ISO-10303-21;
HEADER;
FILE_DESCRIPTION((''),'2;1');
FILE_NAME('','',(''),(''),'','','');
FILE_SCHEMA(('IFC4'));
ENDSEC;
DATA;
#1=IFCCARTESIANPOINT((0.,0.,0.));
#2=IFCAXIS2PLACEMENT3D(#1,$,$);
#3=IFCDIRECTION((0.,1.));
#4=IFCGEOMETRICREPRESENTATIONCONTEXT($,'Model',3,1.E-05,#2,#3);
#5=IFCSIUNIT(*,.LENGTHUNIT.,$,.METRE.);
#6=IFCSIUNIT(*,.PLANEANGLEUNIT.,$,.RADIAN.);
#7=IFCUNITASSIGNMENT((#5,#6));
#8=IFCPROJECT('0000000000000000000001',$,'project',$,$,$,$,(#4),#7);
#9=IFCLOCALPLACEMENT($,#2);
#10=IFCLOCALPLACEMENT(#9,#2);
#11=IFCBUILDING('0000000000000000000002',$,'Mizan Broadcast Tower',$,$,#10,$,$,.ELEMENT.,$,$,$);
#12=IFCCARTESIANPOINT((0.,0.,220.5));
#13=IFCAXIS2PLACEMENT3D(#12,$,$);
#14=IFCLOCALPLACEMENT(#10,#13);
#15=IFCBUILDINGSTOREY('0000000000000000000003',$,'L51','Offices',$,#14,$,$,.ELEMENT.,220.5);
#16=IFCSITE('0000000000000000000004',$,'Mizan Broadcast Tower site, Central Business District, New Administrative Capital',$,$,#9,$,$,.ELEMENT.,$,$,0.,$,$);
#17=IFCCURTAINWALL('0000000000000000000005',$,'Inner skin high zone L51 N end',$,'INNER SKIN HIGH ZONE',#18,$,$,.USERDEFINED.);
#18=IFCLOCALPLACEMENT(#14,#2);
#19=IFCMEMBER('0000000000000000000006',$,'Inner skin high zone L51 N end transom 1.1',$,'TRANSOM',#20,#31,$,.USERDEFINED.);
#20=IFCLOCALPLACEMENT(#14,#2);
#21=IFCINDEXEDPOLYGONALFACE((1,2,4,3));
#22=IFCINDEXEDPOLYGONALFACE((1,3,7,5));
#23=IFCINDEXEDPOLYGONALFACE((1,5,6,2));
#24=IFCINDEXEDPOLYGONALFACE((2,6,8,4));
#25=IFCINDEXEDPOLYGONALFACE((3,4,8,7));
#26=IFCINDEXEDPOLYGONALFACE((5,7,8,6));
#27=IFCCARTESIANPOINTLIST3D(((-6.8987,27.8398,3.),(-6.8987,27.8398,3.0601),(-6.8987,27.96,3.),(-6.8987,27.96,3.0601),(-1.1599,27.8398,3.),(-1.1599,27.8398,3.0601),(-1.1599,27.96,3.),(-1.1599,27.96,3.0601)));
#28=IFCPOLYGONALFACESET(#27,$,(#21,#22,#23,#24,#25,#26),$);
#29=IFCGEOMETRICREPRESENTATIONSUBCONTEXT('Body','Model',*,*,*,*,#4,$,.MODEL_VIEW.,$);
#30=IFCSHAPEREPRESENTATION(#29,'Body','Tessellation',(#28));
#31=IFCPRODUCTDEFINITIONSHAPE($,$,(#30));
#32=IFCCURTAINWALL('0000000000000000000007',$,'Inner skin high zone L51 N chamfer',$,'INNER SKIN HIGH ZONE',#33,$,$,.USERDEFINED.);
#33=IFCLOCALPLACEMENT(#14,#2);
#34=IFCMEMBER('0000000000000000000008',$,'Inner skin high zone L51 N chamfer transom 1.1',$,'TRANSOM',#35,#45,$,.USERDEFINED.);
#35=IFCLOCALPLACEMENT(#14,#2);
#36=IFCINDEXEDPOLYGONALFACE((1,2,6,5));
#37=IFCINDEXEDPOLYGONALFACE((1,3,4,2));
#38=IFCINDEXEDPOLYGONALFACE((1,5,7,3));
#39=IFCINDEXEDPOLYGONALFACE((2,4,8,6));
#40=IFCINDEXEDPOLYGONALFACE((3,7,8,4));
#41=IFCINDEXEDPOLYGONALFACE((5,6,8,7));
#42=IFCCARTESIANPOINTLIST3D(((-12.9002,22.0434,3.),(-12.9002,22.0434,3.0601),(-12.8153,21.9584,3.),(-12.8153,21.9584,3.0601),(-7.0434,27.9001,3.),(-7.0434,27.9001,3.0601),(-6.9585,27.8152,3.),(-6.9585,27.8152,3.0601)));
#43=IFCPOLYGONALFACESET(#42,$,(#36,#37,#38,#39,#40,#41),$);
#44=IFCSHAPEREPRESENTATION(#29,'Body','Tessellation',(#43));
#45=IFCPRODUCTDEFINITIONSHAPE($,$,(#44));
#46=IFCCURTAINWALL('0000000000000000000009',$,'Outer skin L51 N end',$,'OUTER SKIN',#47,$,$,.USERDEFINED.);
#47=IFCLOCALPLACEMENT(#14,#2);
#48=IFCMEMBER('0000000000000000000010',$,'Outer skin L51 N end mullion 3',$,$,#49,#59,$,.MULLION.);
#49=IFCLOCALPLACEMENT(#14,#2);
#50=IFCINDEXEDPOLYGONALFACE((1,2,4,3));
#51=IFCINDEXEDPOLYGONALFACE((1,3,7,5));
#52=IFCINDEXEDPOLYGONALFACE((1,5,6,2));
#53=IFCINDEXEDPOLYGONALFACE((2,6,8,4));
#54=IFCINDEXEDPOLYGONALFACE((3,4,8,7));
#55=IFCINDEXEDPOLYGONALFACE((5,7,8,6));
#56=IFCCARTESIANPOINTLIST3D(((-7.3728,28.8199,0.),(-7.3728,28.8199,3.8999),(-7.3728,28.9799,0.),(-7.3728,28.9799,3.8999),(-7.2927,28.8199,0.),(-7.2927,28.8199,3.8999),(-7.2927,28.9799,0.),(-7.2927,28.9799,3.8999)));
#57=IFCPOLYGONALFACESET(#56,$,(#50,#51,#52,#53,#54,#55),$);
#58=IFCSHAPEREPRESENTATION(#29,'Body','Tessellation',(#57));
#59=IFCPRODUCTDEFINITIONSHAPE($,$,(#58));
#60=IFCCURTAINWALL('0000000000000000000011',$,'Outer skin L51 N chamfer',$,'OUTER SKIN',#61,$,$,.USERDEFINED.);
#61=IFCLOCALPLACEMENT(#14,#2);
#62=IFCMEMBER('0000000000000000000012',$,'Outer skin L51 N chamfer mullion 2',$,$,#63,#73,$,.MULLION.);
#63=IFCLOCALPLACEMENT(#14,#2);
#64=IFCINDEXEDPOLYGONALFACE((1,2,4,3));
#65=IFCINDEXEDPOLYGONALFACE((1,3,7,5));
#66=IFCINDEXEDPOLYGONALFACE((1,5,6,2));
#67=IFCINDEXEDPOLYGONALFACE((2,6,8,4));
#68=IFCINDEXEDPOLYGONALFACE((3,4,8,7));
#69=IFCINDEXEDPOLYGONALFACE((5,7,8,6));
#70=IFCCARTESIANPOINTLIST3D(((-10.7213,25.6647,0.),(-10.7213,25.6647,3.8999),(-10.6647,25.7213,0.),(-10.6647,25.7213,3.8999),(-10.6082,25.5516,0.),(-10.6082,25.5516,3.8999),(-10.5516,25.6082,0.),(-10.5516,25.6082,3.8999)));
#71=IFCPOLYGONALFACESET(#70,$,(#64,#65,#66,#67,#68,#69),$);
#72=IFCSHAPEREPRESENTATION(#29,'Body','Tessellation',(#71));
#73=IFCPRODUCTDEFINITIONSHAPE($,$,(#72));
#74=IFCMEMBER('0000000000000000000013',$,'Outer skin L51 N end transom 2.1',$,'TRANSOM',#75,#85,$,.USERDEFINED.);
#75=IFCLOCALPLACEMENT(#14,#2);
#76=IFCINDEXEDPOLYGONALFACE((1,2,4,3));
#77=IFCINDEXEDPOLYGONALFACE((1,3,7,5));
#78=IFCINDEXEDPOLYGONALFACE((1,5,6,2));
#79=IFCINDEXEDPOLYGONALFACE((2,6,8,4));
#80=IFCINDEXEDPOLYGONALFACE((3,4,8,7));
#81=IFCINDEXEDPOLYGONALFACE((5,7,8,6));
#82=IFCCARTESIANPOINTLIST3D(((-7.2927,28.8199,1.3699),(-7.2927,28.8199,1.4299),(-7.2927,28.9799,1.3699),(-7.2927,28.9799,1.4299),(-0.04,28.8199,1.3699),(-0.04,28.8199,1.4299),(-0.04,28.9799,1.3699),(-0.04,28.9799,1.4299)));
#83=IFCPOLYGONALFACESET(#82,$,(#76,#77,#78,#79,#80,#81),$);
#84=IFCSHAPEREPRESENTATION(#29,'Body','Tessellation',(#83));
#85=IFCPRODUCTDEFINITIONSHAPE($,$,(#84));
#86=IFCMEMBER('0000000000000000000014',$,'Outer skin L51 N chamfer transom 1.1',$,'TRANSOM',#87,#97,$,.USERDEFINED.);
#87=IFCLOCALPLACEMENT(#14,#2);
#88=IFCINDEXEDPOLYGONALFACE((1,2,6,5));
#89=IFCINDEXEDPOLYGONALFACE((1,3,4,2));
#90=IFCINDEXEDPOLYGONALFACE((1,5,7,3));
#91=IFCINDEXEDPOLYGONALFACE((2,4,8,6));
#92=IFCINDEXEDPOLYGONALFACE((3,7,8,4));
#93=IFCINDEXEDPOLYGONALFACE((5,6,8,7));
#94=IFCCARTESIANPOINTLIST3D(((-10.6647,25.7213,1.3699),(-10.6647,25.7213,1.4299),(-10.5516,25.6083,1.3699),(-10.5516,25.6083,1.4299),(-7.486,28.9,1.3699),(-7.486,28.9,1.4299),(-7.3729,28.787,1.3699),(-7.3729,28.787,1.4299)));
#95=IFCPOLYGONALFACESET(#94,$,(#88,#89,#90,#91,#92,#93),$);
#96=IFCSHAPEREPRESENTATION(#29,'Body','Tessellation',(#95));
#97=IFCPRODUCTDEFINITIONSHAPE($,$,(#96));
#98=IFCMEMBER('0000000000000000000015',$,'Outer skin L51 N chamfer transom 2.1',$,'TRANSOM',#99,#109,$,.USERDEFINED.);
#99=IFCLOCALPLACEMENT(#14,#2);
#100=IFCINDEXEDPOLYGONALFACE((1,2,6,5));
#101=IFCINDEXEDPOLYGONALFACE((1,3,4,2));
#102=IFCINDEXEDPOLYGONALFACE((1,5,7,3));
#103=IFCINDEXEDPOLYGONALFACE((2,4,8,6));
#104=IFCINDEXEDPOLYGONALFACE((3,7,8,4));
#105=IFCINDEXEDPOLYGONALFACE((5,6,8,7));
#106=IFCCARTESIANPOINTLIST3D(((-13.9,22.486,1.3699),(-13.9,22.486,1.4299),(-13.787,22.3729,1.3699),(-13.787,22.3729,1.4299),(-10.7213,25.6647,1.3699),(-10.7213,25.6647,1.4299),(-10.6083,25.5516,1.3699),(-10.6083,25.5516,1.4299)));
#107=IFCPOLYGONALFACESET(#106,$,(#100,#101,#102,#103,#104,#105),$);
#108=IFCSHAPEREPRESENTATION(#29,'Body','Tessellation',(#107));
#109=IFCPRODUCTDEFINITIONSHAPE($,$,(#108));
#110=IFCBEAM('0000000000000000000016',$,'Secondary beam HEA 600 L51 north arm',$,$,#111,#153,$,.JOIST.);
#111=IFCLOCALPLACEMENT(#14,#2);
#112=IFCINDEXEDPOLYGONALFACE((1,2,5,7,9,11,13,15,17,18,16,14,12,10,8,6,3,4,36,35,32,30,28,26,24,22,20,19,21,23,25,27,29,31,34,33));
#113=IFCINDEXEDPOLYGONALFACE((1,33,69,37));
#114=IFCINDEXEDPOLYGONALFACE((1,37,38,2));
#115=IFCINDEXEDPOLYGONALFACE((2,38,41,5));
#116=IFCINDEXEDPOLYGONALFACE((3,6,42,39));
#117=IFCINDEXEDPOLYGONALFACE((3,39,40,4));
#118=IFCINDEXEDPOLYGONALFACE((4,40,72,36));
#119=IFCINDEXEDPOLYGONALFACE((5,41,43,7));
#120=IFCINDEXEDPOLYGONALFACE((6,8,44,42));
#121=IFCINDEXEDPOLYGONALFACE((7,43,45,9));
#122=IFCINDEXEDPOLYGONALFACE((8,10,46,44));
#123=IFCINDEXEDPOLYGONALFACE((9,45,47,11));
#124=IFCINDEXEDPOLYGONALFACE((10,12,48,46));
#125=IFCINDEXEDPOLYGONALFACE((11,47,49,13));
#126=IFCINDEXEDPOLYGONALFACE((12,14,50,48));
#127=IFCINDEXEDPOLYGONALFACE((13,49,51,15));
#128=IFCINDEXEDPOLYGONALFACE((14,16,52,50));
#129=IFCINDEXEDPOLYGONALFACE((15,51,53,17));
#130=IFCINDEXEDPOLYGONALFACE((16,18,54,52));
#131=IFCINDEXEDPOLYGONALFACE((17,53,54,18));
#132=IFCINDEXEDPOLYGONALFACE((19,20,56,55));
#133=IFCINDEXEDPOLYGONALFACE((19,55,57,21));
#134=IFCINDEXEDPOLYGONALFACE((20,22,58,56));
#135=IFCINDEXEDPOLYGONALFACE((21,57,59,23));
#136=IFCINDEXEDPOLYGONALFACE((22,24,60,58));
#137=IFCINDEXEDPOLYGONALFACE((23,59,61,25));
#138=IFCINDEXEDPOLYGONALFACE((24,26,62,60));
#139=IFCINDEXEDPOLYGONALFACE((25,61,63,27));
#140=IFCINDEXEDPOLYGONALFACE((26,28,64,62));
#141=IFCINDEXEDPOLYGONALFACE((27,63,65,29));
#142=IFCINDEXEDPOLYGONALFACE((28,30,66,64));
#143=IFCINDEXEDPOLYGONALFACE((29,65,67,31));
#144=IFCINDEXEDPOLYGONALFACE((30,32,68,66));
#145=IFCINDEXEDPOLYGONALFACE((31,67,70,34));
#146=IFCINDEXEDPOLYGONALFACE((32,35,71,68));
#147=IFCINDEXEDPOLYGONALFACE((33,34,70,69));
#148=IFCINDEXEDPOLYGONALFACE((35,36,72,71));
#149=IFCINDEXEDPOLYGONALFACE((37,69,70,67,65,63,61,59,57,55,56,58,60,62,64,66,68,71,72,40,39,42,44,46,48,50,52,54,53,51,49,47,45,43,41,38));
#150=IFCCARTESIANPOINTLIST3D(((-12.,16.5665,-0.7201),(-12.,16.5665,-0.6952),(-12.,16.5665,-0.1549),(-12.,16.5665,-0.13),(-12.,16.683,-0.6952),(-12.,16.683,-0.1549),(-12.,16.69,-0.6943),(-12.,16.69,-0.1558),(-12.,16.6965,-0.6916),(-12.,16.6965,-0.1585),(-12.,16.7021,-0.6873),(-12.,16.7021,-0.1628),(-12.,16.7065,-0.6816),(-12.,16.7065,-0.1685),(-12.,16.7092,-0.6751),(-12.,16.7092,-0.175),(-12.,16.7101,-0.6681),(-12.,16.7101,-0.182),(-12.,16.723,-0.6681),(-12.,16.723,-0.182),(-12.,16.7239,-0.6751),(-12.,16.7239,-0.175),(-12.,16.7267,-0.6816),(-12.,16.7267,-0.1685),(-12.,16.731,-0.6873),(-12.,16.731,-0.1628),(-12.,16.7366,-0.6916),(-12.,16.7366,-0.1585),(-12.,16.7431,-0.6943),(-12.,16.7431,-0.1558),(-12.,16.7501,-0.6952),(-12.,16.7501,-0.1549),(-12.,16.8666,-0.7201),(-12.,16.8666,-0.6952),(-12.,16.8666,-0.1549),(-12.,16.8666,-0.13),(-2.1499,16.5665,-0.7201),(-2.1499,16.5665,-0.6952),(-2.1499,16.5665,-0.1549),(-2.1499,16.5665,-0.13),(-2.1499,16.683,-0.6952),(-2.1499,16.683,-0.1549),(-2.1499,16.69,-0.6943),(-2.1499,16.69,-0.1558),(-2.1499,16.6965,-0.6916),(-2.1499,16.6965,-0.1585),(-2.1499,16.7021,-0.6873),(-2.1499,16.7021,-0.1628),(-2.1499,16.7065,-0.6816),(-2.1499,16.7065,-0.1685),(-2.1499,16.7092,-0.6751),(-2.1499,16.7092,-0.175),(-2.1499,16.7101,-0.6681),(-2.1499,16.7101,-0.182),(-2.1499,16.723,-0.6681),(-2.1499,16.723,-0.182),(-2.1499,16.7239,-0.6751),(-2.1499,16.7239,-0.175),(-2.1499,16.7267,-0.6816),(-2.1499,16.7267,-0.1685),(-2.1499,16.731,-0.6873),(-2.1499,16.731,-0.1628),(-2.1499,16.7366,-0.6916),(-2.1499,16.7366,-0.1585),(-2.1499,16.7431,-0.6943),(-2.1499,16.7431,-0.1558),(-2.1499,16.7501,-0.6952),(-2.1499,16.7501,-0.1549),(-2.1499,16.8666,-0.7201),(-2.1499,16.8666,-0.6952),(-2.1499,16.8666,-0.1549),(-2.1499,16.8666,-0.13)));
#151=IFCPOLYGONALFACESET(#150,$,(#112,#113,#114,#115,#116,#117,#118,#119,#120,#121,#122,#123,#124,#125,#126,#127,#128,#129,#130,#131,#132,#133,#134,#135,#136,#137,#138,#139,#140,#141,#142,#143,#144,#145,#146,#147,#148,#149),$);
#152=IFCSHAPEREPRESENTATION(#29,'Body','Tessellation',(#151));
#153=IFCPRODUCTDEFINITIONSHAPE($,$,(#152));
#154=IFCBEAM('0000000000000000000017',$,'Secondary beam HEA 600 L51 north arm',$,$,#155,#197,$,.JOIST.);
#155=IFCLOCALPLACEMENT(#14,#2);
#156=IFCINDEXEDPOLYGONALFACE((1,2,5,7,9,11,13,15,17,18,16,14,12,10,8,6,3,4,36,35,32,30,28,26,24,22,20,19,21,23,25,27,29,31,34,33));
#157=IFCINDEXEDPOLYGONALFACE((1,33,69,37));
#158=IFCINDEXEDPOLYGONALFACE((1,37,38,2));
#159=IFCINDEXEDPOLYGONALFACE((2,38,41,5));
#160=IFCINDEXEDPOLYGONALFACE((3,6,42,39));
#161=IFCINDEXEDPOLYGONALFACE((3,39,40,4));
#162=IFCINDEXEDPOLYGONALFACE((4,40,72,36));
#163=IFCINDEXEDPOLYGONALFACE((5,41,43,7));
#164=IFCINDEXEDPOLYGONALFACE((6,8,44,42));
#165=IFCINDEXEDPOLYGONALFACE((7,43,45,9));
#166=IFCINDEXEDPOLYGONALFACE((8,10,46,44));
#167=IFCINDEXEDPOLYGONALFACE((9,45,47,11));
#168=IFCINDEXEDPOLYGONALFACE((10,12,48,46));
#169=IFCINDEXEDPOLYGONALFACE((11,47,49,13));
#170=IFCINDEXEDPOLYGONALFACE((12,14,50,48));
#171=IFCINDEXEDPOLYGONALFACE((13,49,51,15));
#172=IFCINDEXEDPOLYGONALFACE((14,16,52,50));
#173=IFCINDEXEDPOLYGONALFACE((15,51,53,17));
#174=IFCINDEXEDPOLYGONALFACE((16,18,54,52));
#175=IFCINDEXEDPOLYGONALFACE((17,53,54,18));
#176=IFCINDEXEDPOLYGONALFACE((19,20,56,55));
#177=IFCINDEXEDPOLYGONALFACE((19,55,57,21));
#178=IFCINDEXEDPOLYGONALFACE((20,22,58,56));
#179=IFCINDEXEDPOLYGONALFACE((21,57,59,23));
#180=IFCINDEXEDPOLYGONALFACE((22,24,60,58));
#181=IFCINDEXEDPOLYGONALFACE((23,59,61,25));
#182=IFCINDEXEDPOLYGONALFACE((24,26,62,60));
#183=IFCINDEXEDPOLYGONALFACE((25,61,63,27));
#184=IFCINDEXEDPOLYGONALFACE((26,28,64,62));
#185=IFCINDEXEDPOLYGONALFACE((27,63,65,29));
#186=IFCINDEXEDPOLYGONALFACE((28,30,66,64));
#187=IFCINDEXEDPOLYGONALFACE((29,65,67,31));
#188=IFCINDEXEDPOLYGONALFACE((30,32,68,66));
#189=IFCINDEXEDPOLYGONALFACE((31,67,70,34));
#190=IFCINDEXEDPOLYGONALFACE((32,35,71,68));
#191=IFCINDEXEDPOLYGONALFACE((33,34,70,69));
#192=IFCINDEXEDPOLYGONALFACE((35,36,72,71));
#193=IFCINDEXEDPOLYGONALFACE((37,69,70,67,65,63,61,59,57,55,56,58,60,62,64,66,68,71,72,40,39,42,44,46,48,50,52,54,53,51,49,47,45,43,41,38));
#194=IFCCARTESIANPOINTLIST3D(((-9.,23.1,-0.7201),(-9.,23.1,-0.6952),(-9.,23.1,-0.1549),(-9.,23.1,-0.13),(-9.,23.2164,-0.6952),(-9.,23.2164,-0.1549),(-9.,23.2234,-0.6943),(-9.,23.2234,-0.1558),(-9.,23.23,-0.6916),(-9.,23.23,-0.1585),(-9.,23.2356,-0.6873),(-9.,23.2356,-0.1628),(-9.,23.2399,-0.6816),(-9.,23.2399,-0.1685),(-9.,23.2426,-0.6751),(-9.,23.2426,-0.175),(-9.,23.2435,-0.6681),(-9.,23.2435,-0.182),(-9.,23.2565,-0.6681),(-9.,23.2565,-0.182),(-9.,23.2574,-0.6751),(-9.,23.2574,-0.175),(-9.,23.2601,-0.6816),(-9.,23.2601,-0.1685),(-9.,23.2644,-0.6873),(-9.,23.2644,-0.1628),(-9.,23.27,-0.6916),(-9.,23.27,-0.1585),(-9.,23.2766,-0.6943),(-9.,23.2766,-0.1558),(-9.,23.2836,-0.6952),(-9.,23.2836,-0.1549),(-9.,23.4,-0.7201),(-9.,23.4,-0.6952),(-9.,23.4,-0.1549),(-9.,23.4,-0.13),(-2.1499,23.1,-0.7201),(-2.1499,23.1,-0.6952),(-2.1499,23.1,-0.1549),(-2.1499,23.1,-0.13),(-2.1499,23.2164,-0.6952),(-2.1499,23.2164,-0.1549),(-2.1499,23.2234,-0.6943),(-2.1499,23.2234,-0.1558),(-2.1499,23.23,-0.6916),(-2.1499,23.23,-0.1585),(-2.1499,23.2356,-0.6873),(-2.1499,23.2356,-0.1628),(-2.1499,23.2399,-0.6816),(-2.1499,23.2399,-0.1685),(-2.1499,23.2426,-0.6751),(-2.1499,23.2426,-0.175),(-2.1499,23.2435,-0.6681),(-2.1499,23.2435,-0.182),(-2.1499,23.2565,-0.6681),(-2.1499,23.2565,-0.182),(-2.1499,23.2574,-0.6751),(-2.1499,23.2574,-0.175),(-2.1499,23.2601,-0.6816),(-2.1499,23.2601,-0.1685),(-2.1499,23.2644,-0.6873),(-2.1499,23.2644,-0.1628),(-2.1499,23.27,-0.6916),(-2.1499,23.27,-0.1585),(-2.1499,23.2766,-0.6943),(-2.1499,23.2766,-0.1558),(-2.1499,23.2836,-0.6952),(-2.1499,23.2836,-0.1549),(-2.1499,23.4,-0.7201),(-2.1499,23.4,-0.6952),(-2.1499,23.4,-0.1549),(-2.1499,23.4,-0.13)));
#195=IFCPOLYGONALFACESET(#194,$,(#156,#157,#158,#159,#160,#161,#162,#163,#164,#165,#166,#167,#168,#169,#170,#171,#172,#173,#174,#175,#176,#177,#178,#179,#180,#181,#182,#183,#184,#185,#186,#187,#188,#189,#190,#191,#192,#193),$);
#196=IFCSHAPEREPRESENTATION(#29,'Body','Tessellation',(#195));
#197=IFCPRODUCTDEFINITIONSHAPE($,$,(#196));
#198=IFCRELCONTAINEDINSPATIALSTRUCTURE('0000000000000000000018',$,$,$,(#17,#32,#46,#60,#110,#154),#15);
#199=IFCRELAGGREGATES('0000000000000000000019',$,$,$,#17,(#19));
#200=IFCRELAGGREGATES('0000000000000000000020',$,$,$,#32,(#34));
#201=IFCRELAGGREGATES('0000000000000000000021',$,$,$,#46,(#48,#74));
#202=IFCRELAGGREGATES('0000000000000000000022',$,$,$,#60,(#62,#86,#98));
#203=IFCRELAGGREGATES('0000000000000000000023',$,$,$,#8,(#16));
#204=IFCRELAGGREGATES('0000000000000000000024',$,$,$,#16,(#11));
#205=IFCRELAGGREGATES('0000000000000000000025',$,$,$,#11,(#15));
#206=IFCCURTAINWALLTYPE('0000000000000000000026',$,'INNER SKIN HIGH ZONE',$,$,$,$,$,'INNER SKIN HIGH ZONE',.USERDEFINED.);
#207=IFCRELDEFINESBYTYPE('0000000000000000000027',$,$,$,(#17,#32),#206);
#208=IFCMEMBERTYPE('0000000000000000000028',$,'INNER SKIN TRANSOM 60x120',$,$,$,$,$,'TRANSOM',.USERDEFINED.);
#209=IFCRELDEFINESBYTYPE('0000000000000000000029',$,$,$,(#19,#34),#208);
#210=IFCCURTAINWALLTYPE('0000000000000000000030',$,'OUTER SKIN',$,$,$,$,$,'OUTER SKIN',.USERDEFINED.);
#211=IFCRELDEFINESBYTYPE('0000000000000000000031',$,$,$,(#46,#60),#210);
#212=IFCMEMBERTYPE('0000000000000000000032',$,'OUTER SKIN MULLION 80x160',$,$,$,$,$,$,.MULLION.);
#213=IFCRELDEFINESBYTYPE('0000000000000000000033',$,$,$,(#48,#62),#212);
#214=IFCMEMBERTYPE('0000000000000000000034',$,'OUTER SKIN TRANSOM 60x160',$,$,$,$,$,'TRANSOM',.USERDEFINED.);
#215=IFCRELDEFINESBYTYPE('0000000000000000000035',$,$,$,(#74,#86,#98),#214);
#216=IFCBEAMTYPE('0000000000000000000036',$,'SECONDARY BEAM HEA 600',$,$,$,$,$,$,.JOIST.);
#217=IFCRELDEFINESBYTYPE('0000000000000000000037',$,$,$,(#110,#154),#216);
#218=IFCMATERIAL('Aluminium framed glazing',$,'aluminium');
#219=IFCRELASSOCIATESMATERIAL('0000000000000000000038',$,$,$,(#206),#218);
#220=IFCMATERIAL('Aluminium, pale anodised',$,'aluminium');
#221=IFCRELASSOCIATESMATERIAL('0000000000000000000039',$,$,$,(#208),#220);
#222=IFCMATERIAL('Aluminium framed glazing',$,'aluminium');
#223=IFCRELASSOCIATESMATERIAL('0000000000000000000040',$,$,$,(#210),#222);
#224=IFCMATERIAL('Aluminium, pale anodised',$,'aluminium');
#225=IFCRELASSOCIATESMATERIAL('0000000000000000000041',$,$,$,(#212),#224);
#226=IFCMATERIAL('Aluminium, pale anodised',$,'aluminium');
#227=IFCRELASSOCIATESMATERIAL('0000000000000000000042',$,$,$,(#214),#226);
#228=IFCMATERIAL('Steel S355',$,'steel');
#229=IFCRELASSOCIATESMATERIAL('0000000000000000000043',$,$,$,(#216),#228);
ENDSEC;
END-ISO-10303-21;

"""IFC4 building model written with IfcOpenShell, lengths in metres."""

from ifc_helpers import new_model, si_unit, direction, frame, origin, origin_2d, place, context, subcontext, project, spatial, rectangle, i_section, extrude, material, material_profile, profile_set, type_object, element, aggregate, save


model = new_model("IFC4")

# Units and contexts
model_context = context("Model", 3, precision=1e-05, world=origin(), true_north=direction((0.0, 1.0)))
body_context = subcontext(model_context, "Body", "Model", "MODEL_VIEW")
ifc_project = project(units=[si_unit("LENGTHUNIT", "METRE"), si_unit("PLANEANGLEUNIT", "RADIAN")], contexts=[model_context])

# Site, building, storey
site_placement = place(None, origin())
site = spatial("IfcSite", under=ifc_project, at=site_placement, Name="Mizan Broadcast Tower site, Central Business District, New Administrative Capital", CompositionType="ELEMENT", RefElevation=0.0)
building_placement = place(site_placement, origin())
building = spatial("IfcBuilding", under=site, at=building_placement, Name="Mizan Broadcast Tower", CompositionType="ELEMENT")
storey_placement = place(building_placement, frame((0.0, 0.0, 220.5)))
storey = spatial("IfcBuildingStorey", under=building, at=storey_placement, Name="L51", Description="Offices", CompositionType="ELEMENT", Elevation=220.5)

# Curtain wall, member
ifc_material_1 = material(Name="Aluminium framed glazing", Category="aluminium")
curtain_wall_type_1 = type_object("IfcCurtainWallType", Name="INNER SKIN HIGH ZONE", ElementType="INNER SKIN HIGH ZONE", PredefinedType="USERDEFINED", material=ifc_material_1)
curtain_wall_1_placement = place(storey_placement, origin())
curtain_wall_1 = element("IfcCurtainWall", 1, at=curtain_wall_1_placement, inside=storey, type_object=curtain_wall_type_1, Name="Inner skin high zone L51 N end", ObjectType="INNER SKIN HIGH ZONE", PredefinedType="USERDEFINED")
ifc_material_2 = material(Name="Aluminium, pale anodised", Category="aluminium")
ifc_material_profile_1 = material_profile(ifc_material_2, rectangle(XDim=0.1201, YDim=0.0601, at=origin_2d()), Name="TRANSOM 120x60")
ifc_profile_set_1 = profile_set([ifc_material_profile_1], Name="Aluminium, pale anodised")
member_type_1 = type_object("IfcMemberType", Name="INNER SKIN TRANSOM 60x120", ElementType="TRANSOM", PredefinedType="USERDEFINED", material=ifc_profile_set_1)
member_1_placement = place(storey_placement, frame((-1.1599, 27.8999, 3.03), z_axis=(-1.0, 0.0, 0.0), x_axis=(0.0, -1.0, 0.0)))
member_1 = element("IfcMember", 2, at=member_1_placement, type_object=member_type_1, Name="Inner skin high zone L51 N end transom 1.1", ObjectType="TRANSOM", PredefinedType="USERDEFINED", context=body_context, shape_type="SweptSolid", body=[
    extrude(rectangle(XDim=0.1201, YDim=0.0601, at=origin_2d()), origin(), (0.0, 0.0, 1.0), 5.7388),
])

# Curtain walls, members
curtain_wall_2_placement = place(storey_placement, origin())
curtain_wall_2 = element("IfcCurtainWall", 3, at=curtain_wall_2_placement, inside=storey, type_object=curtain_wall_type_1, Name="Inner skin high zone L51 N chamfer", ObjectType="INNER SKIN HIGH ZONE", PredefinedType="USERDEFINED")
member_2_placement = place(storey_placement, frame((-7.001, 27.8577, 3.03), z_axis=(-0.707107, -0.707107, 0.0), x_axis=(0.707107, -0.707107, 0.0)))
member_2 = element("IfcMember", 4, at=member_2_placement, type_object=member_type_1, Name="Inner skin high zone L51 N chamfer transom 1.1", ObjectType="TRANSOM", PredefinedType="USERDEFINED", context=body_context, shape_type="SweptSolid", body=[
    extrude(rectangle(XDim=0.1201, YDim=0.0601, at=origin_2d()), origin(), (0.0, 0.0, 1.0), 8.2827),
])
ifc_material_3 = material(Name="Aluminium framed glazing", Category="aluminium")
curtain_wall_type_2 = type_object("IfcCurtainWallType", Name="OUTER SKIN", ElementType="OUTER SKIN", PredefinedType="USERDEFINED", material=ifc_material_3)
curtain_wall_3_placement = place(storey_placement, origin())
curtain_wall_3 = element("IfcCurtainWall", 5, at=curtain_wall_3_placement, inside=storey, type_object=curtain_wall_type_2, Name="Outer skin L51 N end", ObjectType="OUTER SKIN", PredefinedType="USERDEFINED")
ifc_material_4 = material(Name="Aluminium, pale anodised", Category="aluminium")
ifc_material_profile_2 = material_profile(ifc_material_4, rectangle(XDim=0.1599, YDim=0.0801, at=origin_2d()), Name="MULLION 160x80")
ifc_profile_set_2 = profile_set([ifc_material_profile_2], Name="Aluminium, pale anodised")
member_type_2 = type_object("IfcMemberType", Name="OUTER SKIN MULLION 80x160", PredefinedType="MULLION", material=ifc_profile_set_2)
member_3_placement = place(storey_placement, frame((-7.3328, 28.8999, 0.0), z_axis=(0.0, 0.0, 1.0), x_axis=(0.0, -1.0, 0.0)))
member_3 = element("IfcMember", 6, at=member_3_placement, type_object=member_type_2, Name="Outer skin L51 N end mullion 3", PredefinedType="MULLION", context=body_context, shape_type="SweptSolid", body=[
    extrude(rectangle(XDim=0.1599, YDim=0.0801, at=origin_2d()), origin(), (0.0, 0.0, 1.0), 3.8999),
])
curtain_wall_4_placement = place(storey_placement, origin())
curtain_wall_4 = element("IfcCurtainWall", 7, at=curtain_wall_4_placement, inside=storey, type_object=curtain_wall_type_2, Name="Outer skin L51 N chamfer", ObjectType="OUTER SKIN", PredefinedType="USERDEFINED")
member_4_placement = place(storey_placement, frame((-10.6365, 25.6365, 0.0), z_axis=(0.0, 0.0, 1.0), x_axis=(0.707107, -0.707107, 0.0)))
member_4 = element("IfcMember", 8, at=member_4_placement, type_object=member_type_2, Name="Outer skin L51 N chamfer mullion 2", PredefinedType="MULLION", context=body_context, shape_type="SweptSolid", body=[
    extrude(rectangle(XDim=0.1599, YDim=0.0801, at=origin_2d()), origin(), (0.0, 0.0, 1.0), 3.8999),
])

# Members
ifc_material_5 = material(Name="Aluminium, pale anodised", Category="aluminium")
ifc_material_profile_3 = material_profile(ifc_material_5, rectangle(XDim=0.1599, YDim=0.0601, at=origin_2d()), Name="TRANSOM 160x60")
ifc_profile_set_3 = profile_set([ifc_material_profile_3], Name="Aluminium, pale anodised")
member_type_3 = type_object("IfcMemberType", Name="OUTER SKIN TRANSOM 60x160", ElementType="TRANSOM", PredefinedType="USERDEFINED", material=ifc_profile_set_3)
member_5_placement = place(storey_placement, frame((-0.04, 28.8999, 1.3999), z_axis=(-1.0, 0.0, 0.0), x_axis=(0.0, -1.0, 0.0)))
member_5 = element("IfcMember", 9, at=member_5_placement, type_object=member_type_3, Name="Outer skin L51 N end transom 2.1", ObjectType="TRANSOM", PredefinedType="USERDEFINED", context=body_context, shape_type="SweptSolid", body=[
    extrude(rectangle(XDim=0.1599, YDim=0.0601, at=origin_2d()), origin(), (0.0, 0.0, 1.0), 7.2527),
])
member_6_placement = place(storey_placement, frame((-7.4294, 28.8435, 1.3999), z_axis=(-0.707107, -0.707107, 0.0), x_axis=(0.707107, -0.707107, 0.0)))
member_6 = element("IfcMember", 10, at=member_6_placement, type_object=member_type_3, Name="Outer skin L51 N chamfer transom 1.1", ObjectType="TRANSOM", PredefinedType="USERDEFINED", context=body_context, shape_type="SweptSolid", body=[
    extrude(rectangle(XDim=0.1599, YDim=0.0601, at=origin_2d()), origin(), (0.0, 0.0, 1.0), 4.4954),
])
member_7_placement = place(storey_placement, frame((-10.6648, 25.6082, 1.3999), z_axis=(-0.707107, -0.707107, 0.0), x_axis=(0.707107, -0.707107, 0.0)))
member_7 = element("IfcMember", 11, at=member_7_placement, type_object=member_type_3, Name="Outer skin L51 N chamfer transom 2.1", ObjectType="TRANSOM", PredefinedType="USERDEFINED", context=body_context, shape_type="SweptSolid", body=[
    extrude(rectangle(XDim=0.1599, YDim=0.0601, at=origin_2d()), origin(), (0.0, 0.0, 1.0), 4.4954),
])

# Beams
ifc_material_6 = material(Name="Steel S355", Category="steel")
ifc_material_profile_4 = material_profile(ifc_material_6, i_section(OverallWidth=0.3, OverallDepth=0.5901, WebThickness=0.0129, FlangeThickness=0.0249, FilletRadius=0.0271, at=origin_2d()), Name="HEA 600")
ifc_profile_set_4 = profile_set([ifc_material_profile_4], Name="Steel S355")
beam_type_1 = type_object("IfcBeamType", Name="SECONDARY BEAM HEA 600", PredefinedType="JOIST", material=ifc_profile_set_4)
beam_1_placement = place(storey_placement, frame((-12.0, 16.7166, -0.425), z_axis=(1.0, 0.0, 0.0), x_axis=(0.0, 1.0, 0.0)))
element("IfcBeam", 12, at=beam_1_placement, inside=storey, type_object=beam_type_1, Name="Secondary beam HEA 600 L51 north arm", PredefinedType="JOIST", context=body_context, shape_type="SweptSolid", body=[
    extrude(i_section(OverallWidth=0.3, OverallDepth=0.5901, WebThickness=0.0129, FlangeThickness=0.0249, FilletRadius=0.0271, at=origin_2d()), origin(), (0.0, 0.0, 1.0), 9.8501),
])
beam_2_placement = place(storey_placement, frame((-9.0, 23.25, -0.425), z_axis=(1.0, 0.0, 0.0), x_axis=(0.0, 1.0, 0.0)))
element("IfcBeam", 13, at=beam_2_placement, inside=storey, type_object=beam_type_1, Name="Secondary beam HEA 600 L51 north arm", PredefinedType="JOIST", context=body_context, shape_type="SweptSolid", body=[
    extrude(i_section(OverallWidth=0.3, OverallDepth=0.5901, WebThickness=0.0129, FlangeThickness=0.0249, FilletRadius=0.0271, at=origin_2d()), origin(), (0.0, 0.0, 1.0), 6.8501),
])

aggregate(curtain_wall_1, [member_1])
aggregate(curtain_wall_2, [member_2])
aggregate(curtain_wall_3, [member_3, member_5])
aggregate(curtain_wall_4, [member_4, member_6, member_7])

save(model, "model.ifc")
